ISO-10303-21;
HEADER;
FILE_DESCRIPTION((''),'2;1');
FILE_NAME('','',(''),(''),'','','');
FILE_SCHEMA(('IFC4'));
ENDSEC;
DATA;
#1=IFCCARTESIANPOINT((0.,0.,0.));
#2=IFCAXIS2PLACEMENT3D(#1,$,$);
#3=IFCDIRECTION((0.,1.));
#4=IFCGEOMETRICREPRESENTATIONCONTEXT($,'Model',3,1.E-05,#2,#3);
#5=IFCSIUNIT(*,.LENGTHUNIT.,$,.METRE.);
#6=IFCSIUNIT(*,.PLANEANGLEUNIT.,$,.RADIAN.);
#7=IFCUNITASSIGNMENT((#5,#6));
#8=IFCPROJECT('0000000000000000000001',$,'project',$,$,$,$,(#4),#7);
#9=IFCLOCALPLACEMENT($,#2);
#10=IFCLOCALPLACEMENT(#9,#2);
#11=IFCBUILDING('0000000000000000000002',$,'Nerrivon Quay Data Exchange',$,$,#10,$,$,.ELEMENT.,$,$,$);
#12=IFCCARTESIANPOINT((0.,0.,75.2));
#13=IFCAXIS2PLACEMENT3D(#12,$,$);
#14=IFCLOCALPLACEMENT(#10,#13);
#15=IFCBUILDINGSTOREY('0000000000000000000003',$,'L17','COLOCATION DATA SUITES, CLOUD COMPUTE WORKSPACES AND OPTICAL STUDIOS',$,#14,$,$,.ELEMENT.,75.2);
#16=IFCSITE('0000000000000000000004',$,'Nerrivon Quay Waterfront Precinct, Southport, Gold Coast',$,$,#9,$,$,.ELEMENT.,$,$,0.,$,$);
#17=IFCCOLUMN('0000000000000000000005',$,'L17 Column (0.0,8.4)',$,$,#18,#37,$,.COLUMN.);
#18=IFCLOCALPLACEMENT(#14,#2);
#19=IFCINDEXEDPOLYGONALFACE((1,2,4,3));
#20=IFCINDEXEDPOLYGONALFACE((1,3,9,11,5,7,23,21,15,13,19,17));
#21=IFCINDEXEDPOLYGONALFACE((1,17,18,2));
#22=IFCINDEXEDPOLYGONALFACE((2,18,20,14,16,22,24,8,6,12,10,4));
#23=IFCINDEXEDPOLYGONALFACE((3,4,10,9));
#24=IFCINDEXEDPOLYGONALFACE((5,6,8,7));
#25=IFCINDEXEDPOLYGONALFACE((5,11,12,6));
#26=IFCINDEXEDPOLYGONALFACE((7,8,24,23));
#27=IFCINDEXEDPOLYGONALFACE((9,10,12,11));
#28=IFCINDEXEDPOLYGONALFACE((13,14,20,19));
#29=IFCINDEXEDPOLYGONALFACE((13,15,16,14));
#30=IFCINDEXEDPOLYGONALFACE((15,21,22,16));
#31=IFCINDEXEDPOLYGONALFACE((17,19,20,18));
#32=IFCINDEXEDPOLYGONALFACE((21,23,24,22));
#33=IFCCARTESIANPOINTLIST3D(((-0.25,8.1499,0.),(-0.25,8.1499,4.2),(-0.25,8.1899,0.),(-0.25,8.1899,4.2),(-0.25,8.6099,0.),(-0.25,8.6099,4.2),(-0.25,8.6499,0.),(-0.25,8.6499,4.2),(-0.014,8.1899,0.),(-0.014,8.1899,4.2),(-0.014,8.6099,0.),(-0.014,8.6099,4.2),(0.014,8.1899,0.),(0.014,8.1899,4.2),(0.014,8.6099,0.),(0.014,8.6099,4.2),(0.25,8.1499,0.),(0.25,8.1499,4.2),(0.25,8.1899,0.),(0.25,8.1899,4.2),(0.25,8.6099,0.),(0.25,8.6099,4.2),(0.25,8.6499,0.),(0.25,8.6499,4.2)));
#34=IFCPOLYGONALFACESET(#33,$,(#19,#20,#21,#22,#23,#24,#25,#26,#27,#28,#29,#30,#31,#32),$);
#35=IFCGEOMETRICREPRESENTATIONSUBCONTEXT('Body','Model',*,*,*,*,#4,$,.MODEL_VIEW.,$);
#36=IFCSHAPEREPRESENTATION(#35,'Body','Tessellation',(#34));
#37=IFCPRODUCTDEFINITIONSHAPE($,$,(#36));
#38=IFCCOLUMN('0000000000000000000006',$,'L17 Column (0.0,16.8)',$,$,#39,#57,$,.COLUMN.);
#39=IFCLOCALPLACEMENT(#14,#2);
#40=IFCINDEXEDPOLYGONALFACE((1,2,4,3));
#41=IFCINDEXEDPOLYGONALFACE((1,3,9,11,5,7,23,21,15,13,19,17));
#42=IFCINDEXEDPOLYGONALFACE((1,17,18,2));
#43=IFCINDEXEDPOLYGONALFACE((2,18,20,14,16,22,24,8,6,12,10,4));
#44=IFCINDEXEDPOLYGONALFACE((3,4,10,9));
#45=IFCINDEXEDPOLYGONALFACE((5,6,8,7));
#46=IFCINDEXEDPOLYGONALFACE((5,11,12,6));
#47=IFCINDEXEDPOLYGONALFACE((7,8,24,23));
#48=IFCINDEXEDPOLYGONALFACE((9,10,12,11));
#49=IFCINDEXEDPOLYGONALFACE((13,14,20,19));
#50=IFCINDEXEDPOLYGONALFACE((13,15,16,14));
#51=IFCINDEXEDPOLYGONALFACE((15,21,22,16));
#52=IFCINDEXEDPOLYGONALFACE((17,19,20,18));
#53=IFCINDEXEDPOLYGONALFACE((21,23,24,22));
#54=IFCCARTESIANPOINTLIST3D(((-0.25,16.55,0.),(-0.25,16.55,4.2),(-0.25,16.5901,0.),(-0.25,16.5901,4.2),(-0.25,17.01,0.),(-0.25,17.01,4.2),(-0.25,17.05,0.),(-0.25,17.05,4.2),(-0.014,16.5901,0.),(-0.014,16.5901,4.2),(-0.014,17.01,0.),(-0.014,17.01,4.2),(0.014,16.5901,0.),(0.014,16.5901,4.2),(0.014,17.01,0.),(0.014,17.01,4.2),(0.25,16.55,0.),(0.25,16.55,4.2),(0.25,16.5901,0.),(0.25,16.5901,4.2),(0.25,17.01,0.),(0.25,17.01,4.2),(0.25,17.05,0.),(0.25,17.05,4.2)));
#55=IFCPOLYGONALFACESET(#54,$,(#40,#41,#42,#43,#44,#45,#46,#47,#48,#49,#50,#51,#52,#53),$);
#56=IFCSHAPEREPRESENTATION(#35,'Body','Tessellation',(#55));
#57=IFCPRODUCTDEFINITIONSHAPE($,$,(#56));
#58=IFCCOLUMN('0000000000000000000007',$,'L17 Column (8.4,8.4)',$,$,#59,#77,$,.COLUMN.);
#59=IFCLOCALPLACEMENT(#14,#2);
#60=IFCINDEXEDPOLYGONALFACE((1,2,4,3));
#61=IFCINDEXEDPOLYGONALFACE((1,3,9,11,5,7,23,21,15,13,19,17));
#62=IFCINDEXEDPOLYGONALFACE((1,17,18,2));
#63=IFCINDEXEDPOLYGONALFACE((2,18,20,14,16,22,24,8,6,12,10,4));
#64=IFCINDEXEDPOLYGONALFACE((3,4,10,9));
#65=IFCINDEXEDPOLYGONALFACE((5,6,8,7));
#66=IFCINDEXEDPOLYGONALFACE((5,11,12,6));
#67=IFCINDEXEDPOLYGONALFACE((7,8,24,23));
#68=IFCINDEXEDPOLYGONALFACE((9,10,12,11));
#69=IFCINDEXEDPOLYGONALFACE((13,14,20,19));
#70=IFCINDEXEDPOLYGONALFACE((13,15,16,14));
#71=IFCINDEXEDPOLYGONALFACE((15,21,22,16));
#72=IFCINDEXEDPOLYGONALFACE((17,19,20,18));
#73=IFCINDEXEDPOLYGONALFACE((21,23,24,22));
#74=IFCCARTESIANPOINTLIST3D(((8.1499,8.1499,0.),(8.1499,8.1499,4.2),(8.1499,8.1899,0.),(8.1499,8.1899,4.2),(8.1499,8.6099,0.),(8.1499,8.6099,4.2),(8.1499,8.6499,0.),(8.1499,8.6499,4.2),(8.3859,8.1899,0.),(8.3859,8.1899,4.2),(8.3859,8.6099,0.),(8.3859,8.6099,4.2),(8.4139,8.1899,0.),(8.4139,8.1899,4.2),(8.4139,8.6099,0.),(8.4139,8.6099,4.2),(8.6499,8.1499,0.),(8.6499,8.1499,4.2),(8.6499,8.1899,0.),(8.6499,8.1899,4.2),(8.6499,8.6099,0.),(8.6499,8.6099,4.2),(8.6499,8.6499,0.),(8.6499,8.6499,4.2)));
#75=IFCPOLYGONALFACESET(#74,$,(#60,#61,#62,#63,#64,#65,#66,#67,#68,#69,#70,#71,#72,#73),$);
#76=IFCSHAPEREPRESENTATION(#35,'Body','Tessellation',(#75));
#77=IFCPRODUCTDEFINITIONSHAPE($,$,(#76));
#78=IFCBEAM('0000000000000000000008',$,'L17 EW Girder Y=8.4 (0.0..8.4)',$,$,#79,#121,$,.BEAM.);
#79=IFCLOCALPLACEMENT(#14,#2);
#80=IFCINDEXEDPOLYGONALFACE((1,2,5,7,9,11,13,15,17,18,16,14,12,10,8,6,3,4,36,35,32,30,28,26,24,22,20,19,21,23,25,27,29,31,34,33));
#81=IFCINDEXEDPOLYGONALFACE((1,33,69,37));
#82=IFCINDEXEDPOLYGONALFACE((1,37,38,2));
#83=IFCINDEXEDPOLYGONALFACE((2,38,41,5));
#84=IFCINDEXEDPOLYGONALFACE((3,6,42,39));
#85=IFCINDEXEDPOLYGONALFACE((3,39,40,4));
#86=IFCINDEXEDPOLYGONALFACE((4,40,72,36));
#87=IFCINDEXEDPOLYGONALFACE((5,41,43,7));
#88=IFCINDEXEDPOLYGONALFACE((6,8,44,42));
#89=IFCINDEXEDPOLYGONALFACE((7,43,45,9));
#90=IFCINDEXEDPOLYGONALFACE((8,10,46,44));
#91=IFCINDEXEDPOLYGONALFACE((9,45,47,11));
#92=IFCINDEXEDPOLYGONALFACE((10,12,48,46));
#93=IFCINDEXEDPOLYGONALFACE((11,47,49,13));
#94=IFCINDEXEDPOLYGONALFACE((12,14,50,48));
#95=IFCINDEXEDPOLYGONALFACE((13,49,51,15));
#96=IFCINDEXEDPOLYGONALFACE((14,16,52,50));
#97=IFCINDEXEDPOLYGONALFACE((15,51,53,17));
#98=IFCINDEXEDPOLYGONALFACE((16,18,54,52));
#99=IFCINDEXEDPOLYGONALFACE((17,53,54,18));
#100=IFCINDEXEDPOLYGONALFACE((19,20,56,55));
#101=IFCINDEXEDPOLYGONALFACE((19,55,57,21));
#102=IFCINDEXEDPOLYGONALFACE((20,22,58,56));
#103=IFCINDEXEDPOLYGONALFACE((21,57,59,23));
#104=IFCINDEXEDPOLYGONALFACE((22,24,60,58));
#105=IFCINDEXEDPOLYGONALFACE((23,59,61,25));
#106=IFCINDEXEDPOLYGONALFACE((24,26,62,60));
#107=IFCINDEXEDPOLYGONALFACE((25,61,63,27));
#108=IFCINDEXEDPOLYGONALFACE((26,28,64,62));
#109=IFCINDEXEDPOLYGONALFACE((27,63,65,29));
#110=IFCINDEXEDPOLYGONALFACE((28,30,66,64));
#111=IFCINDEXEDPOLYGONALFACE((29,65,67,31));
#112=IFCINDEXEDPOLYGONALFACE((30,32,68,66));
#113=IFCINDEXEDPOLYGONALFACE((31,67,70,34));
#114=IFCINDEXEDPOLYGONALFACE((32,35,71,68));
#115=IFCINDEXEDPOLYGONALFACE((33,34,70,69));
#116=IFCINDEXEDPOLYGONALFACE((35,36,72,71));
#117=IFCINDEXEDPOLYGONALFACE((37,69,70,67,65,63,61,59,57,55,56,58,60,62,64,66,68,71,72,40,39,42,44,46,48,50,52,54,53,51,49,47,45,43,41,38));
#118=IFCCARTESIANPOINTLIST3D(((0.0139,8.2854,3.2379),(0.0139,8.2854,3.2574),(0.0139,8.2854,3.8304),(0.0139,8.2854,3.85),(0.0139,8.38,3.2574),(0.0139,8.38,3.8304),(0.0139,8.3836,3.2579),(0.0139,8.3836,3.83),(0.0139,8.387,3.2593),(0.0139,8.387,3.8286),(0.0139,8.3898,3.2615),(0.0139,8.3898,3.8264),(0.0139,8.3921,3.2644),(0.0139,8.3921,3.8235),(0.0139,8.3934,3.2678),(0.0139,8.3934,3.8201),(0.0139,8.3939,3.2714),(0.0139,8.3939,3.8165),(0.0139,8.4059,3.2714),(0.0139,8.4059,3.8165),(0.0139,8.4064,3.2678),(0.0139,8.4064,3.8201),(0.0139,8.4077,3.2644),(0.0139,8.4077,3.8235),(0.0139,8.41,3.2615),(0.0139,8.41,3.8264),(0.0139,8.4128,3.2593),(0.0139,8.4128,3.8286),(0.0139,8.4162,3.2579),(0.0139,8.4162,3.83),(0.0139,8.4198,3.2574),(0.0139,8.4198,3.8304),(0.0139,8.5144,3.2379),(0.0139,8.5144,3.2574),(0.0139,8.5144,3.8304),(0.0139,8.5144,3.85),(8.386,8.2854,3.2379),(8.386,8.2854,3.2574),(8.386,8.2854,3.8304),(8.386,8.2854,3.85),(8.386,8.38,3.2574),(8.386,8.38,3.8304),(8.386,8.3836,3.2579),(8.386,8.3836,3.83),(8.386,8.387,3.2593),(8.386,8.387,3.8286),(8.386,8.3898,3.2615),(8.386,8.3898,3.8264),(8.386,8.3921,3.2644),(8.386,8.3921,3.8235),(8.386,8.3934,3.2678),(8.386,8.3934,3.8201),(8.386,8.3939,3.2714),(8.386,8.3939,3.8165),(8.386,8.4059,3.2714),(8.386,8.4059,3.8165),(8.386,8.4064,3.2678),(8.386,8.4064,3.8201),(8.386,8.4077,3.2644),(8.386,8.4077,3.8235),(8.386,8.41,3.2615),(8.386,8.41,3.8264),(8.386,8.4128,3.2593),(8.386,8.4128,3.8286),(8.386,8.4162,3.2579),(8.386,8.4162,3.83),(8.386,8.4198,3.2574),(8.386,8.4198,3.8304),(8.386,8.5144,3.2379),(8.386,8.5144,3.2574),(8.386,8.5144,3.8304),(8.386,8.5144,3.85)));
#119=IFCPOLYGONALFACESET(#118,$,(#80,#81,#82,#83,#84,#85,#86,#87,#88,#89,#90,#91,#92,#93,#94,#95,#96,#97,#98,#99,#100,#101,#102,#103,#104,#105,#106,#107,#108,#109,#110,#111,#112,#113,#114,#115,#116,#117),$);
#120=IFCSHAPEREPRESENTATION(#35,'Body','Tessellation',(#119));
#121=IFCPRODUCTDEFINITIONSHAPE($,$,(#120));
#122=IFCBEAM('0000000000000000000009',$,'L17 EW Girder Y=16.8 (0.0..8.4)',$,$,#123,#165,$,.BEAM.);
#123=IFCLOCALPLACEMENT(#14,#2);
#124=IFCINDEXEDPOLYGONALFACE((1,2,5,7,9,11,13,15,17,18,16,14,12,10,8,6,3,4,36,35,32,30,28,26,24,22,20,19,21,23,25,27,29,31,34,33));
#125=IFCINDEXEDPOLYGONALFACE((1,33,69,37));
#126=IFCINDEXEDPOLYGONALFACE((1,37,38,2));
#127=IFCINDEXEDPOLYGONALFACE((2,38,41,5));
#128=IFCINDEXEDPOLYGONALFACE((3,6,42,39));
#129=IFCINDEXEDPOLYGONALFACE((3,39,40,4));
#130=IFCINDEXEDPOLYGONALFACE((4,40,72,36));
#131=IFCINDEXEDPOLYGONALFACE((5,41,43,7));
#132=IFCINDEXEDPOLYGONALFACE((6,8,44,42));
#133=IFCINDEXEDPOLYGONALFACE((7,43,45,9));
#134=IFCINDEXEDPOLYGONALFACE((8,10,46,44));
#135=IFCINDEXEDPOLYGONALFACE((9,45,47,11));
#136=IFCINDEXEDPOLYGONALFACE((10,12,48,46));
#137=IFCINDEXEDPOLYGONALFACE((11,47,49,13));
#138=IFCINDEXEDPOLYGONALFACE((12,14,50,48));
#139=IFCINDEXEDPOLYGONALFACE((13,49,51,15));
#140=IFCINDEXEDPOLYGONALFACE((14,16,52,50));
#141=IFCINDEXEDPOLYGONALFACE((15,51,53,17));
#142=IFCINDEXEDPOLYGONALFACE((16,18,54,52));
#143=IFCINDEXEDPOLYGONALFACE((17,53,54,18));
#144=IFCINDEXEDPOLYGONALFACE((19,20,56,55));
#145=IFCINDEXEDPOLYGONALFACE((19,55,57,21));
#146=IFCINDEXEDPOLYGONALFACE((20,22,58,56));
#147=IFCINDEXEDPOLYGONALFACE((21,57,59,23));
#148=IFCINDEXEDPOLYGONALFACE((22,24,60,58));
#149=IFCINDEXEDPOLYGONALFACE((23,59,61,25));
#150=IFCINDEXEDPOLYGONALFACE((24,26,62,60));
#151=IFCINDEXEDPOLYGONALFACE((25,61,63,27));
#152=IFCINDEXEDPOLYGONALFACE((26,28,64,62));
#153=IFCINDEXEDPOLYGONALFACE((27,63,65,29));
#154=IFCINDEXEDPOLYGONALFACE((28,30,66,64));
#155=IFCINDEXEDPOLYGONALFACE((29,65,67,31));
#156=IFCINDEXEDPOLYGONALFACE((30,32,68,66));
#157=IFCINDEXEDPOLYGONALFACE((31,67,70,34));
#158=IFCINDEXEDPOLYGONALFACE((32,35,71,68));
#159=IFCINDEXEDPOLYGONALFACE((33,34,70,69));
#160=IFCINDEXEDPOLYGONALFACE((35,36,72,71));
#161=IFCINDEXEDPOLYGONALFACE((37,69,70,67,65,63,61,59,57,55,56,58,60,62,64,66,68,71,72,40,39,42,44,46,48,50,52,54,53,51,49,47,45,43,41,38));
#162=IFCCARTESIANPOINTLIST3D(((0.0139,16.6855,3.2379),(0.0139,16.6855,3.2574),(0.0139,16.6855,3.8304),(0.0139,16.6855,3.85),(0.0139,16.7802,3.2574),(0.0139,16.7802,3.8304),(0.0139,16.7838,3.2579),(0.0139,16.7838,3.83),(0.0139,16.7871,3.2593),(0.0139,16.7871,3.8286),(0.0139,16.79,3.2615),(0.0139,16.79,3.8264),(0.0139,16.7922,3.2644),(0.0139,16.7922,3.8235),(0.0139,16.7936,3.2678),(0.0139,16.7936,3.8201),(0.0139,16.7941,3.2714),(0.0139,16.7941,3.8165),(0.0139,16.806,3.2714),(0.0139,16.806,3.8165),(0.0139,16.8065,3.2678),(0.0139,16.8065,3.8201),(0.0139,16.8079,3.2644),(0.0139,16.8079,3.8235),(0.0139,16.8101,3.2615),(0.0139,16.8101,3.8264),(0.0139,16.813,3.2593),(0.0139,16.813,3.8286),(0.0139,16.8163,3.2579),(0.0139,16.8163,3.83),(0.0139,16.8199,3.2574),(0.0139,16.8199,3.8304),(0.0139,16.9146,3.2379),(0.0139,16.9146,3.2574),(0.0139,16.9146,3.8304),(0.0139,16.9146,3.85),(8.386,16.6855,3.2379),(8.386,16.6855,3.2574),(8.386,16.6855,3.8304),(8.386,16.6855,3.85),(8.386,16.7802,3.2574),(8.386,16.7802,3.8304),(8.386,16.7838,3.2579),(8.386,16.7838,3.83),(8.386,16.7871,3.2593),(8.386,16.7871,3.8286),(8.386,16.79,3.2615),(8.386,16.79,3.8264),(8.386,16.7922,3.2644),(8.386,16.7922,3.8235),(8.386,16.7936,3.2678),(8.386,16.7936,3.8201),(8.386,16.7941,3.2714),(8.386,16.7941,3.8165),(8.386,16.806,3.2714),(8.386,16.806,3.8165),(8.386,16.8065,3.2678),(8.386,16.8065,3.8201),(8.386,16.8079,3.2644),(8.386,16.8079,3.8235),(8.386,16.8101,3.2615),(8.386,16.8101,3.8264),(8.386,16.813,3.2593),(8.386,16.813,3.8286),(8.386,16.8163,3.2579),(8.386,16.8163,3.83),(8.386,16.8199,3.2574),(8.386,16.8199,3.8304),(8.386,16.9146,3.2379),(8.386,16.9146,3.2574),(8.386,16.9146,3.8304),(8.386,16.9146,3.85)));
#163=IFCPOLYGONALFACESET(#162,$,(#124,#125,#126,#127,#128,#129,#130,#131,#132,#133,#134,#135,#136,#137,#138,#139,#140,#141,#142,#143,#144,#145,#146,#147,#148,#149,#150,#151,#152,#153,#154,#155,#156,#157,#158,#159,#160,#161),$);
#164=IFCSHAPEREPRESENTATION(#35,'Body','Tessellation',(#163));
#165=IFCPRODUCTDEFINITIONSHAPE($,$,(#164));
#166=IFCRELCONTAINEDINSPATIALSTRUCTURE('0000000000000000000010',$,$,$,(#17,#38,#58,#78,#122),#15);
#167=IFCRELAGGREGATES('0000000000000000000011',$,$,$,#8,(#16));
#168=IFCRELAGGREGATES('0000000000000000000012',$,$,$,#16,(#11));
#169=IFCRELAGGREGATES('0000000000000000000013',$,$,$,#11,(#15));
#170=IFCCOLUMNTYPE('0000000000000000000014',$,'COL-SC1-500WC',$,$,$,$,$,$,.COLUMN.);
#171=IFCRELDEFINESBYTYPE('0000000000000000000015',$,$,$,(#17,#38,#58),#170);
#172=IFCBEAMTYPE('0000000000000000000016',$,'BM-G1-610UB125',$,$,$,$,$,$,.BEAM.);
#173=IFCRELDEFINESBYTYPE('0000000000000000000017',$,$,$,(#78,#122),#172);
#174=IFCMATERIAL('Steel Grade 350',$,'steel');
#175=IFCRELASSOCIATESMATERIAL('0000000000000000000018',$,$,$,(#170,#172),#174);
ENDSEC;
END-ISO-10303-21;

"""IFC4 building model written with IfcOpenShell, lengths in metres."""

from ifc_helpers import new_model, si_unit, direction, frame, origin, origin_2d, place, context, subcontext, project, spatial, i_section, extrude, material, material_profile, profile_set, type_object, element, save


model = new_model("IFC4")

# Units and contexts
model_context = context("Model", 3, precision=1e-05, world=origin(), true_north=direction((0.0, 1.0)))
body_context = subcontext(model_context, "Body", "Model", "MODEL_VIEW")
ifc_project = project(units=[si_unit("LENGTHUNIT", "METRE"), si_unit("PLANEANGLEUNIT", "RADIAN")], contexts=[model_context])

# Site, building, storey
site_placement = place(None, origin())
site = spatial("IfcSite", under=ifc_project, at=site_placement, Name="Nerrivon Quay Waterfront Precinct, Southport, Gold Coast", CompositionType="ELEMENT", RefElevation=0.0)
building_placement = place(site_placement, origin())
building = spatial("IfcBuilding", under=site, at=building_placement, Name="Nerrivon Quay Data Exchange", CompositionType="ELEMENT")
storey_placement = place(building_placement, frame((0.0, 0.0, 75.2)))
storey = spatial("IfcBuildingStorey", under=building, at=storey_placement, Name="L17", Description="COLOCATION DATA SUITES, CLOUD COMPUTE WORKSPACES AND OPTICAL STUDIOS", CompositionType="ELEMENT", Elevation=75.2)

# Columns
ifc_material_1 = material(Name="Steel Grade 350", Category="steel")
ifc_material_profile_1 = material_profile(ifc_material_1, i_section(OverallWidth=0.5, OverallDepth=0.5, WebThickness=0.0281, FlangeThickness=0.04, at=origin_2d()), Name="500WC440")
ifc_profile_set_1 = profile_set([ifc_material_profile_1], Name="Steel Grade 350")
column_type = type_object("IfcColumnType", Name="COL-SC1-500WC", PredefinedType="COLUMN", material=ifc_profile_set_1)
for number, where, z_axis, x_axis, name in (
    (1, (0.0, 8.3999, 0.0), (0.0, 0.0, 1.0), (1.0, 0.0, 0.0), "L17 Column (0.0,8.4)"),
    (2, (0.0, 16.8, 0.0), (0.0, 0.0, 1.0), (1.0, 0.0, 0.0), "L17 Column (0.0,16.8)"),
    (3, (8.3999, 8.3999, 0.0), (0.0, 0.0, 1.0), (1.0, 0.0, 0.0), "L17 Column (8.4,8.4)"),
):
    element("IfcColumn", number, at=place(storey_placement, frame(where, z_axis=z_axis, x_axis=x_axis)), inside=storey, type_object=column_type, Name=name, PredefinedType="COLUMN", context=body_context, shape_type="SweptSolid", body=[
        extrude(i_section(OverallWidth=0.5, OverallDepth=0.5, WebThickness=0.0281, FlangeThickness=0.04, at=origin_2d()), origin(), (0.0, 0.0, 1.0), 4.2),
    ])

# Beams
ifc_material_profile_2 = material_profile(ifc_material_1, i_section(OverallWidth=0.229, OverallDepth=0.6121, WebThickness=0.012, FlangeThickness=0.0195, FilletRadius=0.0139, at=origin_2d()), Name="610UB125")
ifc_profile_set_2 = profile_set([ifc_material_profile_2], Name="Steel Grade 350")
beam_type_1 = type_object("IfcBeamType", Name="BM-G1-610UB125", PredefinedType="BEAM", material=ifc_profile_set_2)
for number, where, z_axis, x_axis, name in (
    (4, (0.0139, 8.3999, 3.5439), (1.0, 0.0, 0.0), (0.0, 1.0, 0.0), "L17 EW Girder Y=8.4 (0.0..8.4)"),
    (5, (0.0139, 16.8, 3.5439), (1.0, 0.0, 0.0), (0.0, 1.0, 0.0), "L17 EW Girder Y=16.8 (0.0..8.4)"),
):
    element("IfcBeam", number, at=place(storey_placement, frame(where, z_axis=z_axis, x_axis=x_axis)), inside=storey, type_object=beam_type_1, Name=name, PredefinedType="BEAM", context=body_context, shape_type="SweptSolid", body=[
        extrude(i_section(OverallWidth=0.229, OverallDepth=0.6121, WebThickness=0.012, FlangeThickness=0.0195, FilletRadius=0.0139, at=origin_2d()), origin(), (0.0, 0.0, 1.0), 8.3721),
    ])

save(model, "model.ifc")
